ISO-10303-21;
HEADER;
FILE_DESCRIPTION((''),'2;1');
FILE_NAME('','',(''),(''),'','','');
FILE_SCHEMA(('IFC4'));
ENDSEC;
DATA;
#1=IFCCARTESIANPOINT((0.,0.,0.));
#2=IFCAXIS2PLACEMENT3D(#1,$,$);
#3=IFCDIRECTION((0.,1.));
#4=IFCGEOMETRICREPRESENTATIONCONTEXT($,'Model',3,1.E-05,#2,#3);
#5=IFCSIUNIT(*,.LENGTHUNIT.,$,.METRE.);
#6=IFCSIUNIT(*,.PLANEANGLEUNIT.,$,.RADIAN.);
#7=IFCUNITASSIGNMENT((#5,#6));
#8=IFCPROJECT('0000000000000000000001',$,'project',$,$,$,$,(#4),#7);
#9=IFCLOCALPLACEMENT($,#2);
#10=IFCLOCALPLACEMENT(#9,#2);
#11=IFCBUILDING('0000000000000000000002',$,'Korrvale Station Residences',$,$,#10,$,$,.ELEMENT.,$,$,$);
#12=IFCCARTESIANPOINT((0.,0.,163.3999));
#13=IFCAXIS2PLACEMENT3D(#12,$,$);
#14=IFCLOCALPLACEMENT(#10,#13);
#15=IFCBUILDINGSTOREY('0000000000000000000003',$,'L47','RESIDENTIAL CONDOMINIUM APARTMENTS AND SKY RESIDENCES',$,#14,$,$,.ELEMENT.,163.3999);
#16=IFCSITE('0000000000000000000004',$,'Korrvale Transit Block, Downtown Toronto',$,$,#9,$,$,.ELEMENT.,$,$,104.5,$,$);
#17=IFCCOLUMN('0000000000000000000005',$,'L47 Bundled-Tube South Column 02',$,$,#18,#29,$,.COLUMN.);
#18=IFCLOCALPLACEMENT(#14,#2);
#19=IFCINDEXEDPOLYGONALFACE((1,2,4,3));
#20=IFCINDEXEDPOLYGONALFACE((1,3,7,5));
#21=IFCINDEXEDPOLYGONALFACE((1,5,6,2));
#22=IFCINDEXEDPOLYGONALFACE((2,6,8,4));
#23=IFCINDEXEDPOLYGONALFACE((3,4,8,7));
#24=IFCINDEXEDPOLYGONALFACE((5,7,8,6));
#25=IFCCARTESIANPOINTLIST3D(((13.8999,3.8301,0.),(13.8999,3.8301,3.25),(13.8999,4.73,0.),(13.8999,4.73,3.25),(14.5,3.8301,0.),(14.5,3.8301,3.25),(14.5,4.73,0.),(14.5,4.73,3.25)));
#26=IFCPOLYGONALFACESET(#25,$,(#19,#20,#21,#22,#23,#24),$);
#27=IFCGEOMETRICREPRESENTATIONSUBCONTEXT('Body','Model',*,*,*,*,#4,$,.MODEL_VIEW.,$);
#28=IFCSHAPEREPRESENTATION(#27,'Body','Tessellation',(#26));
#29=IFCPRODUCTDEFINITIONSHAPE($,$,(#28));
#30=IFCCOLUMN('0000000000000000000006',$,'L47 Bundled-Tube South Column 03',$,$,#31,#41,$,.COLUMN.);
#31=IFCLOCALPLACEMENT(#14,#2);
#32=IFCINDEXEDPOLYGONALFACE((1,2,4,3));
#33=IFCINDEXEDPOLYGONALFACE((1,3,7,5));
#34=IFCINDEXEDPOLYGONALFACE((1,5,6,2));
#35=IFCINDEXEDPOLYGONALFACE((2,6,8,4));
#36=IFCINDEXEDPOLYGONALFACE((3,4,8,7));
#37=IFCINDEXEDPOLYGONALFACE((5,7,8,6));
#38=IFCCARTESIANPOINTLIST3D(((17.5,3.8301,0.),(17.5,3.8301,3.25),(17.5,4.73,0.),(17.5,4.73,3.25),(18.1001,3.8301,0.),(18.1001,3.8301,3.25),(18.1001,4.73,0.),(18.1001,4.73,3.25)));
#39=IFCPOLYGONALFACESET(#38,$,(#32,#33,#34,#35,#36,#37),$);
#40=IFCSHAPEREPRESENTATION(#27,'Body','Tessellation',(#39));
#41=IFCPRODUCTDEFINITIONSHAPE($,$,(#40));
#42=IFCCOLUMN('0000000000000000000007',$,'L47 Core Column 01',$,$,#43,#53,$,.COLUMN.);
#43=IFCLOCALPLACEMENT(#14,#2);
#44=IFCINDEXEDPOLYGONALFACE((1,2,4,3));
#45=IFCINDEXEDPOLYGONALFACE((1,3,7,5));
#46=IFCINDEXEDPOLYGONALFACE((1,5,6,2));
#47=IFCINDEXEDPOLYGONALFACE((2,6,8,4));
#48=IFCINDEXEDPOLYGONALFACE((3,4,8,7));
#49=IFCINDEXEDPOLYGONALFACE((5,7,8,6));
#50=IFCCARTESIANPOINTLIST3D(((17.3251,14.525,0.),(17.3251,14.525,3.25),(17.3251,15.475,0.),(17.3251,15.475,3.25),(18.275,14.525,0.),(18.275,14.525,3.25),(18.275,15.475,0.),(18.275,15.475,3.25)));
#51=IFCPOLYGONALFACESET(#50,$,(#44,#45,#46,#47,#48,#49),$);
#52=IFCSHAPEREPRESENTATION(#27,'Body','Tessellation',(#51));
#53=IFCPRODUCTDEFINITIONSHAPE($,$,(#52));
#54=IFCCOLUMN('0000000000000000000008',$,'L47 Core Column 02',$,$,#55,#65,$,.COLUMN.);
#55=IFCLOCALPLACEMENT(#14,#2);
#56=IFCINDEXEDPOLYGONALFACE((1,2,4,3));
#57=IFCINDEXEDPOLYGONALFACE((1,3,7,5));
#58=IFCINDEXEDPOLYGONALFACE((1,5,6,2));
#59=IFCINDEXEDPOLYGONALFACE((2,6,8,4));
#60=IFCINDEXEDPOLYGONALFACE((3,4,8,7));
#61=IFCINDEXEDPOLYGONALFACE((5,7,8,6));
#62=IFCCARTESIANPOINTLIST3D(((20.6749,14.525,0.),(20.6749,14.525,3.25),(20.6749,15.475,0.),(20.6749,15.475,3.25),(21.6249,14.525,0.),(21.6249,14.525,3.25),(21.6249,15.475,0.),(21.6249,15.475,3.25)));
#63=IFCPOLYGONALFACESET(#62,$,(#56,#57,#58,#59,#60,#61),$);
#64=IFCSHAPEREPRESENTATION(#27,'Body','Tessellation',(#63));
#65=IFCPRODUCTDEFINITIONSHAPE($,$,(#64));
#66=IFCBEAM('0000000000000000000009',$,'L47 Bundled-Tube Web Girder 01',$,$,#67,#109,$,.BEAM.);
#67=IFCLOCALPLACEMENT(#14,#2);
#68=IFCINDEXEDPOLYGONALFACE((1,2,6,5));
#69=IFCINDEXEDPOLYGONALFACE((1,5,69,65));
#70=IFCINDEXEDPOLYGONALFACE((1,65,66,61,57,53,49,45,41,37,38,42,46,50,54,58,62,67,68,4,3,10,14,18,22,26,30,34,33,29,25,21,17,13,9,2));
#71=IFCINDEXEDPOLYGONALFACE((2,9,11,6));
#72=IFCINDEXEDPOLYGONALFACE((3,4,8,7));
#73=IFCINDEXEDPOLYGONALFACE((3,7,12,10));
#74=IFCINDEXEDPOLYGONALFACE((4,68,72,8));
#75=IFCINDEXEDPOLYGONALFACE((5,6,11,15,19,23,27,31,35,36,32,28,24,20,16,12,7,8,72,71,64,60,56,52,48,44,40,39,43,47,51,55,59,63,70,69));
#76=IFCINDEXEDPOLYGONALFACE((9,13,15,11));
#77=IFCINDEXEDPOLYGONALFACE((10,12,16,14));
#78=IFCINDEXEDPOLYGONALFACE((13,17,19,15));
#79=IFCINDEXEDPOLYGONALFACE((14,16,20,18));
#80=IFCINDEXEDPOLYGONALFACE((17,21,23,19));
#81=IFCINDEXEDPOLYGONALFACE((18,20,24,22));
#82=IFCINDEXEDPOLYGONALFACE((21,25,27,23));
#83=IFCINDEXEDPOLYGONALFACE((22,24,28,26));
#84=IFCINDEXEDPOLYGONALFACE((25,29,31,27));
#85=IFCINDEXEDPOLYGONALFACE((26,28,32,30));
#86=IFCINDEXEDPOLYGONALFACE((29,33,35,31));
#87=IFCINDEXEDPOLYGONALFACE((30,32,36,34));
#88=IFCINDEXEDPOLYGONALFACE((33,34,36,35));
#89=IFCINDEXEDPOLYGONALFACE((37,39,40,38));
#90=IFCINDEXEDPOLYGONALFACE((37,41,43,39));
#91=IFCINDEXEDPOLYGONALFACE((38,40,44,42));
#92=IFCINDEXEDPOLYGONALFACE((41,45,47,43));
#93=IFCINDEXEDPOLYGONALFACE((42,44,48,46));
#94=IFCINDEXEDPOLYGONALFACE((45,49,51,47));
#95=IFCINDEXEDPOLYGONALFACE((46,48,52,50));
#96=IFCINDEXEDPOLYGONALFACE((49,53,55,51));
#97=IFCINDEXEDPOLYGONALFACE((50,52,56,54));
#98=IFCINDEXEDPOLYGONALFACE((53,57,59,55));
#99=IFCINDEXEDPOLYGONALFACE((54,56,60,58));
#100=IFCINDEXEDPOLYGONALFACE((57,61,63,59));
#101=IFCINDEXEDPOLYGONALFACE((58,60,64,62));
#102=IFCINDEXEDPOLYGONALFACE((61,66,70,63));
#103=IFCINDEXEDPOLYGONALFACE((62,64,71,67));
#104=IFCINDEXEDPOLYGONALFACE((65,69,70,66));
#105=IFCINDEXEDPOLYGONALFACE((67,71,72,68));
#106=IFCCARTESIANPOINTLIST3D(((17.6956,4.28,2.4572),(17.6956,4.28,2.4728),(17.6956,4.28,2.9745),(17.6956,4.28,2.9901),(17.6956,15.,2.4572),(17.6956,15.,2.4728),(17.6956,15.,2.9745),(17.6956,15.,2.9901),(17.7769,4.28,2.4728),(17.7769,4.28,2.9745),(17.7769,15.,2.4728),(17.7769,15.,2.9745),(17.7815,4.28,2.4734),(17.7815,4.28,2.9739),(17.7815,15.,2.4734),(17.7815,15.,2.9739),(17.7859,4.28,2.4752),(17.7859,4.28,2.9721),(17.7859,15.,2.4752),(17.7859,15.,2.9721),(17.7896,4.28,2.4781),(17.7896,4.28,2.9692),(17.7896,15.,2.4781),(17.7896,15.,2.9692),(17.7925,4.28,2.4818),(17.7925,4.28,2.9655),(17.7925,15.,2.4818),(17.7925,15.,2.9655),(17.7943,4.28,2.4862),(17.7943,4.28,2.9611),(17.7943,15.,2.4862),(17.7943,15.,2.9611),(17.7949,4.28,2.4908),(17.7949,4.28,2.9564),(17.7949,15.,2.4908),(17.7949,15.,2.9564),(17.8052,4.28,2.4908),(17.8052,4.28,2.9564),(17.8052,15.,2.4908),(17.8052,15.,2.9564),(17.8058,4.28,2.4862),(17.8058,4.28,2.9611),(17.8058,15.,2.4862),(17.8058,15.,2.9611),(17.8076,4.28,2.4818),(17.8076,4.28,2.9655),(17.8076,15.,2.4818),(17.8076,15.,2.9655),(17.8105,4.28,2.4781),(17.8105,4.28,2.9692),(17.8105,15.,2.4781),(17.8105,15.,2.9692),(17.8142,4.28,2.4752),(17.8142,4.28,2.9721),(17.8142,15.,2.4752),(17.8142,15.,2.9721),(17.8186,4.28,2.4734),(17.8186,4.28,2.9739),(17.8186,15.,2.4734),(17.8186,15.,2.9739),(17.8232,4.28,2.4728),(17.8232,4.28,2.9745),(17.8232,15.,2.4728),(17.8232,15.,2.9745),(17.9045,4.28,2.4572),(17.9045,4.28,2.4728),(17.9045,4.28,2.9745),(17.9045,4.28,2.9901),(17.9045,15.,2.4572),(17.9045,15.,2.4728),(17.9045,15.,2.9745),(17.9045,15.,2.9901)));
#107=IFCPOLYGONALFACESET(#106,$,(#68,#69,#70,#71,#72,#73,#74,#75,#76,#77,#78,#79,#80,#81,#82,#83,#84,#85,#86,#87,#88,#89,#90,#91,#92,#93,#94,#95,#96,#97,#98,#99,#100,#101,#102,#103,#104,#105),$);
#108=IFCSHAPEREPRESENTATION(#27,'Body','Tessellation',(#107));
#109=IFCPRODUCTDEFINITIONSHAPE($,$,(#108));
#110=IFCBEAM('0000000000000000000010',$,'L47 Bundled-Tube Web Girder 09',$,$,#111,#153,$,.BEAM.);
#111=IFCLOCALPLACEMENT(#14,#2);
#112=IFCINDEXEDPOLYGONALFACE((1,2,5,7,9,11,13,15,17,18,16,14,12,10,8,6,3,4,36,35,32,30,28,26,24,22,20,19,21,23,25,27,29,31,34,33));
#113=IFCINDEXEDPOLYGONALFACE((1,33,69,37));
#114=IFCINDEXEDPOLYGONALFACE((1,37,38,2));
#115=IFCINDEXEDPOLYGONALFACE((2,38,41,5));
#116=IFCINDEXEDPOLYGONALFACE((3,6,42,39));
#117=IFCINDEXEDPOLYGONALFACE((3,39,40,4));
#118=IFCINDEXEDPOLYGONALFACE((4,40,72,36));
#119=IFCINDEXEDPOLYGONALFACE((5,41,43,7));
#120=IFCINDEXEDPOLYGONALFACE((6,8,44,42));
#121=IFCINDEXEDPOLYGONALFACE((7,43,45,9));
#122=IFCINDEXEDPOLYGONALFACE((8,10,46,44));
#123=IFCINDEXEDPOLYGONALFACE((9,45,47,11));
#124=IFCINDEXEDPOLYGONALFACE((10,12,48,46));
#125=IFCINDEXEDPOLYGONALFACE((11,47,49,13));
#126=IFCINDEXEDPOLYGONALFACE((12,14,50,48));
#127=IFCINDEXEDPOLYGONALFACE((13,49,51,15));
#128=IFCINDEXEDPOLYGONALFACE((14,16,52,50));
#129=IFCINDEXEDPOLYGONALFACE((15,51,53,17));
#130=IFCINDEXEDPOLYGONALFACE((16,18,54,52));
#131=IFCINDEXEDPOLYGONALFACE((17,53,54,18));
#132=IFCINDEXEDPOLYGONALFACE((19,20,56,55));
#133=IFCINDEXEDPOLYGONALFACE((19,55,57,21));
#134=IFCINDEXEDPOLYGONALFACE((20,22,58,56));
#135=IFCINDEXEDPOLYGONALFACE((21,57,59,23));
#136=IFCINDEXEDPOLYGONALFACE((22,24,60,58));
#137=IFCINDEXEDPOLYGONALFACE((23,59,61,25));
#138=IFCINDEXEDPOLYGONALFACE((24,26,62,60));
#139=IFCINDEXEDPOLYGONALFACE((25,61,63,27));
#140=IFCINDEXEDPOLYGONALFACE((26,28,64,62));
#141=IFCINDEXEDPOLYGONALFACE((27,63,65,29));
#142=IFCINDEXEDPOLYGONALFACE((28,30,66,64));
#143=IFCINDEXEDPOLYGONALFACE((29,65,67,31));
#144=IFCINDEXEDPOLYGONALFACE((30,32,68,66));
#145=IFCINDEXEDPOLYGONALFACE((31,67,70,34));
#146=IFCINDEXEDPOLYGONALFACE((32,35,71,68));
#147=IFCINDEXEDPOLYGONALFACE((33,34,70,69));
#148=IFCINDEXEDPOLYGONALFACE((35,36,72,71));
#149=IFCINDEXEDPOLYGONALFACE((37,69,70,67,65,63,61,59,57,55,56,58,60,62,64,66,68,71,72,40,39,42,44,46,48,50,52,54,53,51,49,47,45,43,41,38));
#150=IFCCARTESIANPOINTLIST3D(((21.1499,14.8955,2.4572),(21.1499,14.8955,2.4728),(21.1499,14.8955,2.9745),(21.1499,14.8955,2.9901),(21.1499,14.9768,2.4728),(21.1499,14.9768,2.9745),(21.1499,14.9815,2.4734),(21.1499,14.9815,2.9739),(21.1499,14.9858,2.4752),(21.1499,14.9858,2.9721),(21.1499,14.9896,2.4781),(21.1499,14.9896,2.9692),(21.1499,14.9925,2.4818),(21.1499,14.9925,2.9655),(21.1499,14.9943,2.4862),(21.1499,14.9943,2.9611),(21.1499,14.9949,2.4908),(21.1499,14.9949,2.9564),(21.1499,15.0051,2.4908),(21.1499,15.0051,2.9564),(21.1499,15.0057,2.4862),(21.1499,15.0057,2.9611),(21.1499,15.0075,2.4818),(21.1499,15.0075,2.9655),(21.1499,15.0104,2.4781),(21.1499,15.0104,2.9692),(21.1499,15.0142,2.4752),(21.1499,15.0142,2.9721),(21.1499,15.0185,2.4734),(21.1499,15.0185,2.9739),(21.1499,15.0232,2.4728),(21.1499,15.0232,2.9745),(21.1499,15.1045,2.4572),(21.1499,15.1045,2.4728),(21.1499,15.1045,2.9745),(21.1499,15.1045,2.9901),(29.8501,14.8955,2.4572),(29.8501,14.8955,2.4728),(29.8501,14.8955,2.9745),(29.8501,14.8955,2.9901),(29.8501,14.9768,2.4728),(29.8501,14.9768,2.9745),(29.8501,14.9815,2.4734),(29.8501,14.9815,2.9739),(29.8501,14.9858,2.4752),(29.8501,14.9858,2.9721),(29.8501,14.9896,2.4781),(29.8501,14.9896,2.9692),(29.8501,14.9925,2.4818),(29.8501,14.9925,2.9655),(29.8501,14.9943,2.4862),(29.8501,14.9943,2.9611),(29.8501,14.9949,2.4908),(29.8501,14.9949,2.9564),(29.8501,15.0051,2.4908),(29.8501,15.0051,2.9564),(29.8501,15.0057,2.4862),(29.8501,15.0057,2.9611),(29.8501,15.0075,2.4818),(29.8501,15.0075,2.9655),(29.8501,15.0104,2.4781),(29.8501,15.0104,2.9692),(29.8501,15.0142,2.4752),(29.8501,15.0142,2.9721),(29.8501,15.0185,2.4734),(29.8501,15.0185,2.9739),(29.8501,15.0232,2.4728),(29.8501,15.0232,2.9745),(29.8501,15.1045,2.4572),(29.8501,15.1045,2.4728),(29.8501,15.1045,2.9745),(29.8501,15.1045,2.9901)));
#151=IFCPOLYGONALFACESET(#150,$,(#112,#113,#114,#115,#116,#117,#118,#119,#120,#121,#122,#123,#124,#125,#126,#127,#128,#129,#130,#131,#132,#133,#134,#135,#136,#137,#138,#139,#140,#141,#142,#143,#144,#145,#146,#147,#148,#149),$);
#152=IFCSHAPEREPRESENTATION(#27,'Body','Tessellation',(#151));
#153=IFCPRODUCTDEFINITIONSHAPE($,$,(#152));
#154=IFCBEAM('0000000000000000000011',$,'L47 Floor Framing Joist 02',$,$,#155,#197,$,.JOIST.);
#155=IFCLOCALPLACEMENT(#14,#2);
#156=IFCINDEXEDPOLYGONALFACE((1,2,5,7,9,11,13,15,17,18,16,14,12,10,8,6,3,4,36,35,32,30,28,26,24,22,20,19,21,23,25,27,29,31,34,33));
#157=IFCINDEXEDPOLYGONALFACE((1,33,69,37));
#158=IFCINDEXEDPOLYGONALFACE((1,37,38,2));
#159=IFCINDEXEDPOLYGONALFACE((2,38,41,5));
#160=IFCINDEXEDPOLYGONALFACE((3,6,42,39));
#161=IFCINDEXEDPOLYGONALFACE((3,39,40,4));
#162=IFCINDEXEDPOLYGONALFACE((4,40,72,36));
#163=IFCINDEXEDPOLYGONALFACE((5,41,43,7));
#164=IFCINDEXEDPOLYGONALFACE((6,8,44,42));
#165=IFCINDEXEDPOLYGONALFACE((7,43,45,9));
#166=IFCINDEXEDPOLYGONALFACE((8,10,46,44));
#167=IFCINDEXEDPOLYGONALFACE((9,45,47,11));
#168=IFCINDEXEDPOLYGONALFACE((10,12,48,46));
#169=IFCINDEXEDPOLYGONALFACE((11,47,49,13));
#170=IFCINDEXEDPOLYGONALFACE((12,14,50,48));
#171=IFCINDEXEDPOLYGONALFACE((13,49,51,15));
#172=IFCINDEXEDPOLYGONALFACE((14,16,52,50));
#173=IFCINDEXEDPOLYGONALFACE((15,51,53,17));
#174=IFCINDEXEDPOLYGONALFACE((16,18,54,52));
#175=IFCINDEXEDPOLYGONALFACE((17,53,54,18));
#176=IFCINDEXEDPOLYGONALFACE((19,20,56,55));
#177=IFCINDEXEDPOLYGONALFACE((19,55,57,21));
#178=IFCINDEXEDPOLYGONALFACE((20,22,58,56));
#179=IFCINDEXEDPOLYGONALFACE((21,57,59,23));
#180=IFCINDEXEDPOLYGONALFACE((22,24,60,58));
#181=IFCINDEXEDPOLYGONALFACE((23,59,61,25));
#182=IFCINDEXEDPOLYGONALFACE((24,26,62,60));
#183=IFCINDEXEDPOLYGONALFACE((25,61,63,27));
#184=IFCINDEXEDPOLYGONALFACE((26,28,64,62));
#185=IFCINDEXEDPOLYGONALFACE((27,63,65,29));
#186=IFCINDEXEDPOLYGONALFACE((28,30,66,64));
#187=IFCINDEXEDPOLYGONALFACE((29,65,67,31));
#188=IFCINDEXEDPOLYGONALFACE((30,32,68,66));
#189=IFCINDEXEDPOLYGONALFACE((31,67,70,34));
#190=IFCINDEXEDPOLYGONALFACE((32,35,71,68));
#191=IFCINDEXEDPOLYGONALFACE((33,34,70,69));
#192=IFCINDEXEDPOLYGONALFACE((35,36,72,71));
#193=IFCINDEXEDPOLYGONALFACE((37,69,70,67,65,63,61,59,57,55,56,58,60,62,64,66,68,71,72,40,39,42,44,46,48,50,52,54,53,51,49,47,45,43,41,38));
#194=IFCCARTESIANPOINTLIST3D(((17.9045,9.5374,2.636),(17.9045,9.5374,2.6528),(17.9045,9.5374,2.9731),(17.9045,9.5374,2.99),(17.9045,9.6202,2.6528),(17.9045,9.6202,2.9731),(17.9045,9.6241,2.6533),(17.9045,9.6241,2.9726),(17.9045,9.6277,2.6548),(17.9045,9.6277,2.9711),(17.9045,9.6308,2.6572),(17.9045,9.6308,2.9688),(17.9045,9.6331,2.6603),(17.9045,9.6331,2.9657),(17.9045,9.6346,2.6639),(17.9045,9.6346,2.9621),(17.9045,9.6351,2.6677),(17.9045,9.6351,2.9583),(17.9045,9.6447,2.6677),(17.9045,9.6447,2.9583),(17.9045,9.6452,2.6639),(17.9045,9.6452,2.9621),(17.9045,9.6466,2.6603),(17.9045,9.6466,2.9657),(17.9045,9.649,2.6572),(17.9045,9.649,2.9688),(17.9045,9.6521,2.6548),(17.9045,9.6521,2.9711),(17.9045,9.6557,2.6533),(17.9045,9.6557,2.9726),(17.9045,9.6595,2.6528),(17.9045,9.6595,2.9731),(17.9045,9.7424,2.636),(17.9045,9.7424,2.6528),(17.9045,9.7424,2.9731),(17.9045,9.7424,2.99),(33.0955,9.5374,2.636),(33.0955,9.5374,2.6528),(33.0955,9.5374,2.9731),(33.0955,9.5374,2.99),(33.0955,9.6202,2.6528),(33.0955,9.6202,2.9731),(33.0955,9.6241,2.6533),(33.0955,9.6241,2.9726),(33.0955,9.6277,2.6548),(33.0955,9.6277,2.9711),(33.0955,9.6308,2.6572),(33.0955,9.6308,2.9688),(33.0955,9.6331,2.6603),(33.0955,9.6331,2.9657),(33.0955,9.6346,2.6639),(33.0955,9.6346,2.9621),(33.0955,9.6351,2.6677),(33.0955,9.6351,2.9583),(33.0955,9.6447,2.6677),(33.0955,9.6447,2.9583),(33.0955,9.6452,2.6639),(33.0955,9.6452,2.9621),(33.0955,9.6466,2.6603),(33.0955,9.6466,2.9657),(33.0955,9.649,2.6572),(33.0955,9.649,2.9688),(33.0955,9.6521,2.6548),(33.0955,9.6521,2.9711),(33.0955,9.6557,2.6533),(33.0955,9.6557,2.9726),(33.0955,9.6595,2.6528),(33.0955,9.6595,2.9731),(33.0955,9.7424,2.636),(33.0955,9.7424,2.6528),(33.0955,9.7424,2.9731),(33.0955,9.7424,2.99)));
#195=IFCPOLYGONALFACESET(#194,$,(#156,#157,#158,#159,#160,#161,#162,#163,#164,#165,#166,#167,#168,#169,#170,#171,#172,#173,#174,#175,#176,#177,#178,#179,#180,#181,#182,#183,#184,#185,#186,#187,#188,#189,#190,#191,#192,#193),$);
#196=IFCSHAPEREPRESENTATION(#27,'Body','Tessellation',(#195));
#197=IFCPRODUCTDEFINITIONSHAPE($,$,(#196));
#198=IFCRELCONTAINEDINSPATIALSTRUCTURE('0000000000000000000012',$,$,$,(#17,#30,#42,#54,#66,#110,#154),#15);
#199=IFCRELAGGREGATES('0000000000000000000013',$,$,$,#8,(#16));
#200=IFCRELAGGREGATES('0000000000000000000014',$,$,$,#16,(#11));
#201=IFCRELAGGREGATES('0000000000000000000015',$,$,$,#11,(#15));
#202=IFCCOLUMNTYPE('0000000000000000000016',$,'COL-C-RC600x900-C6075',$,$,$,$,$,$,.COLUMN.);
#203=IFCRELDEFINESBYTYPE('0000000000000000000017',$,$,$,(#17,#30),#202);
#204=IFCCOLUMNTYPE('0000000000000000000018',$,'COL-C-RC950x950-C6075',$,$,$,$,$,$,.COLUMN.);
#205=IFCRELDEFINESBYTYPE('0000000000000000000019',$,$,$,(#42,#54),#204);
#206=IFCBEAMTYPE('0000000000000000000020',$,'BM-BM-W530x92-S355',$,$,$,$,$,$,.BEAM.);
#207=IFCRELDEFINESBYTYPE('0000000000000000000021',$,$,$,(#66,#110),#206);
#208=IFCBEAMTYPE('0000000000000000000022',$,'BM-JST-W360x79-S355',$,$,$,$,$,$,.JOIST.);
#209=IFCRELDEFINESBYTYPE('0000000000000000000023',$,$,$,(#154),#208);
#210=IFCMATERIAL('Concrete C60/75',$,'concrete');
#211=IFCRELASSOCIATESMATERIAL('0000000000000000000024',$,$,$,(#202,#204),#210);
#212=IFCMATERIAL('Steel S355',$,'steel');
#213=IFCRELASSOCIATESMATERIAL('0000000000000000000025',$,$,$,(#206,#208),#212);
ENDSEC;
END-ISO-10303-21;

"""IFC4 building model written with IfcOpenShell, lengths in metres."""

from ifc_helpers import new_model, si_unit, direction, frame, origin, origin_2d, place, context, subcontext, project, spatial, rectangle, i_section, extrude, material, material_profile, profile_set, type_object, element, save


model = new_model("IFC4")

# Units and contexts
model_context = context("Model", 3, precision=1e-05, world=origin(), true_north=direction((0.0, 1.0)))
body_context = subcontext(model_context, "Body", "Model", "MODEL_VIEW")
ifc_project = project(units=[si_unit("LENGTHUNIT", "METRE"), si_unit("PLANEANGLEUNIT", "RADIAN")], contexts=[model_context])

# Site, building, storey
site_placement = place(None, origin())
site = spatial("IfcSite", under=ifc_project, at=site_placement, Name="Korrvale Transit Block, Downtown Toronto", CompositionType="ELEMENT", RefElevation=104.5)
building_placement = place(site_placement, origin())
building = spatial("IfcBuilding", under=site, at=building_placement, Name="Korrvale Station Residences", CompositionType="ELEMENT")
storey_placement = place(building_placement, frame((0.0, 0.0, 163.3999)))
storey = spatial("IfcBuildingStorey", under=building, at=storey_placement, Name="L47", Description="RESIDENTIAL CONDOMINIUM APARTMENTS AND SKY RESIDENCES", CompositionType="ELEMENT", Elevation=163.3999)

# Columns
ifc_material_1 = material(Name="Concrete C60/75", Category="concrete")
ifc_material_profile_1 = material_profile(ifc_material_1, rectangle(XDim=0.6001, YDim=0.8999, at=origin_2d()), Name="RC600x900")
ifc_profile_set_1 = profile_set([ifc_material_profile_1], Name="Concrete C60/75")
column_type_1 = type_object("IfcColumnType", Name="COL-C-RC600x900-C6075", PredefinedType="COLUMN", material=ifc_profile_set_1)
for number, where, z_axis, x_axis, name in (
    (1, (14.2, 4.28, 0.0), (0.0, 0.0, 1.0), (1.0, 0.0, 0.0), "L47 Bundled-Tube South Column 02"),
    (2, (17.8, 4.28, 0.0), (0.0, 0.0, 1.0), (1.0, 0.0, 0.0), "L47 Bundled-Tube South Column 03"),
):
    element("IfcColumn", number, at=place(storey_placement, frame(where, z_axis=z_axis, x_axis=x_axis)), inside=storey, type_object=column_type_1, Name=name, PredefinedType="COLUMN", context=body_context, shape_type="SweptSolid", body=[
        extrude(rectangle(XDim=0.6001, YDim=0.8999, at=origin_2d()), origin(), (0.0, 0.0, 1.0), 3.25),
    ])
ifc_material_profile_2 = material_profile(ifc_material_1, rectangle(XDim=0.95, YDim=0.95, at=origin_2d()), Name="RC950x950")
ifc_profile_set_2 = profile_set([ifc_material_profile_2], Name="Concrete C60/75")
column_type_2 = type_object("IfcColumnType", Name="COL-C-RC950x950-C6075", PredefinedType="COLUMN", material=ifc_profile_set_2)
for number, where, z_axis, x_axis, name in (
    (3, (17.8, 15.0, 0.0), (0.0, 0.0, 1.0), (1.0, 0.0, 0.0), "L47 Core Column 01"),
    (4, (21.1499, 15.0, 0.0), (0.0, 0.0, 1.0), (1.0, 0.0, 0.0), "L47 Core Column 02"),
):
    element("IfcColumn", number, at=place(storey_placement, frame(where, z_axis=z_axis, x_axis=x_axis)), inside=storey, type_object=column_type_2, Name=name, PredefinedType="COLUMN", context=body_context, shape_type="SweptSolid", body=[
        extrude(rectangle(XDim=0.95, YDim=0.95, at=origin_2d()), origin(), (0.0, 0.0, 1.0), 3.25),
    ])

# Beams
ifc_material_2 = material(Name="Steel S355", Category="steel")
ifc_material_profile_3 = material_profile(ifc_material_2, i_section(OverallWidth=0.209, OverallDepth=0.533, WebThickness=0.0103, FlangeThickness=0.0156, FilletRadius=0.0181, at=origin_2d()), Name="W530x92")
ifc_profile_set_3 = profile_set([ifc_material_profile_3], Name="Steel S355")
beam_type_1 = type_object("IfcBeamType", Name="BM-BM-W530x92-S355", PredefinedType="BEAM", material=ifc_profile_set_3)
beam_1_placement = place(storey_placement, frame((17.8, 4.28, 2.7236), z_axis=(0.0, 1.0, 0.0), x_axis=(-1.0, 0.0, 0.0)))
element("IfcBeam", 5, at=beam_1_placement, inside=storey, type_object=beam_type_1, Name="L47 Bundled-Tube Web Girder 01", PredefinedType="BEAM", context=body_context, shape_type="SweptSolid", body=[
    extrude(i_section(OverallWidth=0.209, OverallDepth=0.533, WebThickness=0.0103, FlangeThickness=0.0156, FilletRadius=0.0181, at=origin_2d()), origin(), (0.0, 0.0, 1.0), 10.72),
])
beam_2_placement = place(storey_placement, frame((21.1499, 15.0, 2.7236), z_axis=(1.0, 0.0, 0.0), x_axis=(0.0, 1.0, 0.0)))
element("IfcBeam", 6, at=beam_2_placement, inside=storey, type_object=beam_type_1, Name="L47 Bundled-Tube Web Girder 09", PredefinedType="BEAM", context=body_context, shape_type="SweptSolid", body=[
    extrude(i_section(OverallWidth=0.209, OverallDepth=0.533, WebThickness=0.0103, FlangeThickness=0.0156, FilletRadius=0.0181, at=origin_2d()), origin(), (0.0, 0.0, 1.0), 8.7002),
])
ifc_material_profile_4 = material_profile(ifc_material_2, i_section(OverallWidth=0.2051, OverallDepth=0.354, WebThickness=0.0095, FlangeThickness=0.0168, FilletRadius=0.0149, at=origin_2d()), Name="W360x79")
ifc_profile_set_4 = profile_set([ifc_material_profile_4], Name="Steel S355")
beam_type_2 = type_object("IfcBeamType", Name="BM-JST-W360x79-S355", PredefinedType="JOIST", material=ifc_profile_set_4)
beam_3_placement = place(storey_placement, frame((17.9045, 9.6399, 2.813), z_axis=(1.0, 0.0, 0.0), x_axis=(0.0, 1.0, 0.0)))
element("IfcBeam", 7, at=beam_3_placement, inside=storey, type_object=beam_type_2, Name="L47 Floor Framing Joist 02", PredefinedType="JOIST", context=body_context, shape_type="SweptSolid", body=[
    extrude(i_section(OverallWidth=0.2051, OverallDepth=0.354, WebThickness=0.0095, FlangeThickness=0.0168, FilletRadius=0.0149, at=origin_2d()), origin(), (0.0, 0.0, 1.0), 15.1909),
])

save(model, "model.ifc")
